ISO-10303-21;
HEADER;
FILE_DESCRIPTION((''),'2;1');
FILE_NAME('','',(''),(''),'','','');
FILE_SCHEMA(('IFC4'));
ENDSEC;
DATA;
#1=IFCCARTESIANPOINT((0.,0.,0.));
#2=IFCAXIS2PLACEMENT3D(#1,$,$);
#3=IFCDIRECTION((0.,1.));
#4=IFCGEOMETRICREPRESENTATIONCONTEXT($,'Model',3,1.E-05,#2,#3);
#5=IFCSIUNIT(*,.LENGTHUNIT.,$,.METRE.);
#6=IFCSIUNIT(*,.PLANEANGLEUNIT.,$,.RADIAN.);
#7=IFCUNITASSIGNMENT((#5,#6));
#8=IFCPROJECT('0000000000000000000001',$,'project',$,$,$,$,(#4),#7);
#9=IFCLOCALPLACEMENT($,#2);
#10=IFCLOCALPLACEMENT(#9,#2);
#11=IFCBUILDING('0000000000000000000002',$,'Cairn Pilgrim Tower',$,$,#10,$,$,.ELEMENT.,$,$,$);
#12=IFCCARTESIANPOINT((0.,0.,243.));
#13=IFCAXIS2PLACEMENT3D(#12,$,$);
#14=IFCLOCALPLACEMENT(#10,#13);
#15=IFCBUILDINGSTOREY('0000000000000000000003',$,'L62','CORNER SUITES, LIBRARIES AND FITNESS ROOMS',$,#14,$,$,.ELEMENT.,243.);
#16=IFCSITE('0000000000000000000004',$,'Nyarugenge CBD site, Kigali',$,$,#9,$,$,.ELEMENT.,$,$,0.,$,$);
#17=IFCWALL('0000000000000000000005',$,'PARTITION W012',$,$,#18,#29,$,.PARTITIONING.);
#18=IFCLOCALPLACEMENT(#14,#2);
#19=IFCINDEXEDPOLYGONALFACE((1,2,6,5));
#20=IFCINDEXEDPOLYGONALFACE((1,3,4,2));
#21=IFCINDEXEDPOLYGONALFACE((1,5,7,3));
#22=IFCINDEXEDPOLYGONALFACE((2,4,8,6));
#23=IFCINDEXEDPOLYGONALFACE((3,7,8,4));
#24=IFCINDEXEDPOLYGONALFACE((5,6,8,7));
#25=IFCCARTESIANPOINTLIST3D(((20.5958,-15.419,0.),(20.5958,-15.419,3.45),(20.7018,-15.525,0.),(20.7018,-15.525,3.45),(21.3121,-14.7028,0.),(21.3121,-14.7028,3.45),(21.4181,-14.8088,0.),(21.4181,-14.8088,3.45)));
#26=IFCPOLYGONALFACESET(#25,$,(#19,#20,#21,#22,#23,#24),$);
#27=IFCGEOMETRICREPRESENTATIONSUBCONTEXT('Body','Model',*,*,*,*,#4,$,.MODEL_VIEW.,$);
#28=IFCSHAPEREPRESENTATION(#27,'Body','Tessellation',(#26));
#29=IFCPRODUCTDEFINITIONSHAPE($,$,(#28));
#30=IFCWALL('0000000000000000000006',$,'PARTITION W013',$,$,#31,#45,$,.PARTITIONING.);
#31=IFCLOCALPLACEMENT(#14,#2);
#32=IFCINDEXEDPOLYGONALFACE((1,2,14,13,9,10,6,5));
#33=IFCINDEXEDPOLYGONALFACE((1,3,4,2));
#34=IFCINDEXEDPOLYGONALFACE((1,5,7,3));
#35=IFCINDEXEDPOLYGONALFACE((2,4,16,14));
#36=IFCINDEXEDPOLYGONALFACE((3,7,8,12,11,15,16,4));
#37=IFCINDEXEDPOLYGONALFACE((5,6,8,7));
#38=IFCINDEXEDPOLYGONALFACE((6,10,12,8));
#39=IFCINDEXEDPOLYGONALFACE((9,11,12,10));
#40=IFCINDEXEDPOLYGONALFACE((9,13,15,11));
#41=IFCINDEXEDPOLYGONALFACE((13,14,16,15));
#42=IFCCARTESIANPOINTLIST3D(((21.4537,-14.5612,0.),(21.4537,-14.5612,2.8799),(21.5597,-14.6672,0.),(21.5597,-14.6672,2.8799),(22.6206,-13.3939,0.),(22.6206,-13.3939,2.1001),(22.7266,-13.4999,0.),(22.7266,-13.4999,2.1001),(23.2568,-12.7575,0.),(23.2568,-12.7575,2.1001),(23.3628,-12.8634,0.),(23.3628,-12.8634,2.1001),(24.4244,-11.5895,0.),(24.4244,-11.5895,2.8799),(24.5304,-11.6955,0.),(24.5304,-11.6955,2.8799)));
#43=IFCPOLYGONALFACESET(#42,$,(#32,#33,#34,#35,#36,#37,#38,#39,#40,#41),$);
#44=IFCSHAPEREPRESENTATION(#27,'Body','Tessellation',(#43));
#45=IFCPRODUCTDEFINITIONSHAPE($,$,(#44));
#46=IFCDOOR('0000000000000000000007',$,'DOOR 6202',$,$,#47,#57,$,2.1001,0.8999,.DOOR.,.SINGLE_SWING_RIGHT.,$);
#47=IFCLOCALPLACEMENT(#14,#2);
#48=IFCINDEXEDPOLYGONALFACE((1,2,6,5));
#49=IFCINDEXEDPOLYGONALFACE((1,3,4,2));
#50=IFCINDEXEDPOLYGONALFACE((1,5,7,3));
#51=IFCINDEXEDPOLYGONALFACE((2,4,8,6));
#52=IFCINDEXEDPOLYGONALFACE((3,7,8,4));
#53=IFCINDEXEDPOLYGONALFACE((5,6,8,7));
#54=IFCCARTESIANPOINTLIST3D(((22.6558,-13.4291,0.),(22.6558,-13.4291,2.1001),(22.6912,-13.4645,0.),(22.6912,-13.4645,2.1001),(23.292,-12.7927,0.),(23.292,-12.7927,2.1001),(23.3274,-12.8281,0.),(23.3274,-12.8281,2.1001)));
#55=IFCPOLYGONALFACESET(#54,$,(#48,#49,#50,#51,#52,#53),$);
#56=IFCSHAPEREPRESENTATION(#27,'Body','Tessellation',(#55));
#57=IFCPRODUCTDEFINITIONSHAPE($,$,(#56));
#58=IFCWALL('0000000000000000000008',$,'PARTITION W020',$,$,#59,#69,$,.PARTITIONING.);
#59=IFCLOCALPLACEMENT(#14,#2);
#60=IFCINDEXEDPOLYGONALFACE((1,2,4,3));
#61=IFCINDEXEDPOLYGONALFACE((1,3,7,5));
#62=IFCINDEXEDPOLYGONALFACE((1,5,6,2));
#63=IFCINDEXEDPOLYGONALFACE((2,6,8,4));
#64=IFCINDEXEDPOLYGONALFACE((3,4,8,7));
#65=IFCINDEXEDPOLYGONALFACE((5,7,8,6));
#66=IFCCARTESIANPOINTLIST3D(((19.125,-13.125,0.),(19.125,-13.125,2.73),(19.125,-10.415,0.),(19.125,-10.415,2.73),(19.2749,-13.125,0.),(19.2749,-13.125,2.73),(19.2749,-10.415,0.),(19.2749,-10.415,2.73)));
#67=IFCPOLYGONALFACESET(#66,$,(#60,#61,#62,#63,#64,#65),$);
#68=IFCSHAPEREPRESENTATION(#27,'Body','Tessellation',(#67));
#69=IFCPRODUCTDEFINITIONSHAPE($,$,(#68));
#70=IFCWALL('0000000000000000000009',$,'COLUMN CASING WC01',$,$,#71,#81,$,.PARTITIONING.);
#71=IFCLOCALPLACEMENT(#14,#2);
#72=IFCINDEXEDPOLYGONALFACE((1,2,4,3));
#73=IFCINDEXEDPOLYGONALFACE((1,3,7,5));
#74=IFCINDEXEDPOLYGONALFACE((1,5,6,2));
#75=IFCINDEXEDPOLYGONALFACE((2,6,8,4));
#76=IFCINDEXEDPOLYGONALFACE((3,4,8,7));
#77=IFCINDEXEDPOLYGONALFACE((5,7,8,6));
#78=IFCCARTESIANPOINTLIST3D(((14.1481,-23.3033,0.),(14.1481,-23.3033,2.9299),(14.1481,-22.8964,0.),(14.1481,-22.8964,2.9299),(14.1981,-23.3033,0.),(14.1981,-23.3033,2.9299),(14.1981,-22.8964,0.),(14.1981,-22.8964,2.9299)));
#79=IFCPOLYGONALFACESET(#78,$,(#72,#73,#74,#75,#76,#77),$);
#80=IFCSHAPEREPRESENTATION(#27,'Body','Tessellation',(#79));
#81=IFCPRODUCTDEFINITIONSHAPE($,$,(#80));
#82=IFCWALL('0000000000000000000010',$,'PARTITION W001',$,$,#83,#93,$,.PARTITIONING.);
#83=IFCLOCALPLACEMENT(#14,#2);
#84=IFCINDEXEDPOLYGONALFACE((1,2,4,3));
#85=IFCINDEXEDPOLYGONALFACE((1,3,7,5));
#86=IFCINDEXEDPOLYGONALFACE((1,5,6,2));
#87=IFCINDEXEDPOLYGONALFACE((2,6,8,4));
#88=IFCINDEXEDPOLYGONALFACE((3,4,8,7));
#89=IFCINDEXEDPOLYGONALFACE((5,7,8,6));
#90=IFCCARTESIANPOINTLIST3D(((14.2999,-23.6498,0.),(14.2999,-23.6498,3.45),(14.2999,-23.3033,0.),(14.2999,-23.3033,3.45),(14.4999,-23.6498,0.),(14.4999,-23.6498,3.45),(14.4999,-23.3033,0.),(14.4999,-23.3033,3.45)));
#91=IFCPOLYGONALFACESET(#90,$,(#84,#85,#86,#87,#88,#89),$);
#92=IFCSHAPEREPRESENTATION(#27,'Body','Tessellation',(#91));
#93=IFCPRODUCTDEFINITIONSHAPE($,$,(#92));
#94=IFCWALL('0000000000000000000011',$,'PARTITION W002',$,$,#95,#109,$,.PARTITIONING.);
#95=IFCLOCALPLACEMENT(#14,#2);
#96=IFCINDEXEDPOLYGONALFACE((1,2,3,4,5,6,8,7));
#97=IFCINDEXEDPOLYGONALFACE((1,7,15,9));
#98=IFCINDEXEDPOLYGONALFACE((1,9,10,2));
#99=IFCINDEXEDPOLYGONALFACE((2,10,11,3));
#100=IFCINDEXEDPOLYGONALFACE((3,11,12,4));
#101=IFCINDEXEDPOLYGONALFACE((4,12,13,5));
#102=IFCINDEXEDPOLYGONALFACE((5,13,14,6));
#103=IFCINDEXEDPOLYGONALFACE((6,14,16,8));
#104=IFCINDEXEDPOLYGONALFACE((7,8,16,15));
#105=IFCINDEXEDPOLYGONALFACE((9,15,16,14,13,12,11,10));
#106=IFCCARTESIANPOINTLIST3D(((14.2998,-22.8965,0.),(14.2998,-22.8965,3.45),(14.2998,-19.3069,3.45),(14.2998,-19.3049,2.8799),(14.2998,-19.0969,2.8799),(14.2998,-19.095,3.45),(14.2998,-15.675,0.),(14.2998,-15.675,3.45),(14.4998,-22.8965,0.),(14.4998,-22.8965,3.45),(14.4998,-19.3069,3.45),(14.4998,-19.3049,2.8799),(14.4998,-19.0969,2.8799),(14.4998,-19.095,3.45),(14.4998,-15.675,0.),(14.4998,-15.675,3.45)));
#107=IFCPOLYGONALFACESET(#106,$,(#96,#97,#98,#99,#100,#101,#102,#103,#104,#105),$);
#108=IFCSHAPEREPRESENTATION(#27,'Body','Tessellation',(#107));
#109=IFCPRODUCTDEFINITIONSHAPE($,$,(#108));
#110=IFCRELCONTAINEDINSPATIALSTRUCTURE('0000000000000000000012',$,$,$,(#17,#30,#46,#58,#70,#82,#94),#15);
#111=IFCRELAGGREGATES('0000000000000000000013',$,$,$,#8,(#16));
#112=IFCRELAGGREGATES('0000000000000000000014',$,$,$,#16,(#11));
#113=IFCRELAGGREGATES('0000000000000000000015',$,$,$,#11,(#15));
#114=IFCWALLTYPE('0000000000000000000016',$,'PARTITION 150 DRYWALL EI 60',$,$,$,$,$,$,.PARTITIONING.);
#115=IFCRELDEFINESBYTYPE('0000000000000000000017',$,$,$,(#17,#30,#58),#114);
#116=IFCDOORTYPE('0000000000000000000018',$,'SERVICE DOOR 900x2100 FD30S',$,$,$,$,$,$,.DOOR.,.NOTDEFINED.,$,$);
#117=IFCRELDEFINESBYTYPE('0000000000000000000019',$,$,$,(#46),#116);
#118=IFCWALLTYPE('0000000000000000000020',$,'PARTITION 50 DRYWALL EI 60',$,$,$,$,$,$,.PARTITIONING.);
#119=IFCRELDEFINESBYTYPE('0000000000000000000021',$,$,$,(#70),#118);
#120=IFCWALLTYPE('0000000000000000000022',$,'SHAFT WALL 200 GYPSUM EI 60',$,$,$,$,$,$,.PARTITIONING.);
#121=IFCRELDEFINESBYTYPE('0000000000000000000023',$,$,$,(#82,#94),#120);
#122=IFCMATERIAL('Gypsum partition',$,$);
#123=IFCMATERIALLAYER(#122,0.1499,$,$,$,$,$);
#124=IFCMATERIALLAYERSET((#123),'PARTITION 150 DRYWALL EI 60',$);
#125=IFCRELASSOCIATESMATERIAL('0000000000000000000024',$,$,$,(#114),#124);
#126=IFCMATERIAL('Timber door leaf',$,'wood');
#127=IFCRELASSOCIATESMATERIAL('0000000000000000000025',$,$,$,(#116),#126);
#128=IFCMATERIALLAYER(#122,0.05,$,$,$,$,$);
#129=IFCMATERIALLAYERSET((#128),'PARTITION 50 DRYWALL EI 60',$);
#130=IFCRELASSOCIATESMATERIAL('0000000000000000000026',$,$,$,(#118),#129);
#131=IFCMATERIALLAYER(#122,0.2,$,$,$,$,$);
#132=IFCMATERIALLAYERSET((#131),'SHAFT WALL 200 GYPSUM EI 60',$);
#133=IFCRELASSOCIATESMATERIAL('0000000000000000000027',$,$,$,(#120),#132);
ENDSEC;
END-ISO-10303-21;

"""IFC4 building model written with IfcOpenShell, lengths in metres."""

from ifc_helpers import new_model, si_unit, direction, frame, frame_2d, origin, place, context, subcontext, project, spatial, polyline, rectangle, outline, extrude, material, layer, layer_set, type_object, element, fill, save


model = new_model("IFC4")

# Units and contexts
model_context = context("Model", 3, precision=1e-05, world=origin(), true_north=direction((0.0, 1.0)))
body_context = subcontext(model_context, "Body", "Model", "MODEL_VIEW")
ifc_project = project(units=[si_unit("LENGTHUNIT", "METRE"), si_unit("PLANEANGLEUNIT", "RADIAN")], contexts=[model_context])

# Site, building, storey
site_placement = place(None, origin())
site = spatial("IfcSite", under=ifc_project, at=site_placement, Name="Nyarugenge CBD site, Kigali", CompositionType="ELEMENT", RefElevation=0.0)
building_placement = place(site_placement, origin())
building = spatial("IfcBuilding", under=site, at=building_placement, Name="Cairn Pilgrim Tower", CompositionType="ELEMENT")
storey_placement = place(building_placement, frame((0.0, 0.0, 243.0)))
storey = spatial("IfcBuildingStorey", under=building, at=storey_placement, Name="L62", Description="CORNER SUITES, LIBRARIES AND FITNESS ROOMS", CompositionType="ELEMENT", Elevation=243.0)

# Shared definitions
ifc_material_1 = material(Name="Gypsum partition")
ifc_material_2 = material(Name="Timber door leaf", Category="wood")

# Wall
ifc_layer_1 = layer(ifc_material_1, 0.1499)
ifc_layer_set_1 = layer_set([ifc_layer_1], Name="PARTITION 150 DRYWALL EI 60")
wall_type_1 = type_object("IfcWallType", Name="PARTITION 150 DRYWALL EI 60", PredefinedType="PARTITIONING", material=ifc_layer_set_1)
wall_1_placement = place(storey_placement, frame((20.6489, -15.4719, 0.0), z_axis=(0.0, 0.0, 1.0), x_axis=(0.707107, 0.707107, 0.0)))
element("IfcWall", 1, at=wall_1_placement, inside=storey, type_object=wall_type_1, Name="PARTITION W012", PredefinedType="PARTITIONING", context=body_context, shape_type="SweptSolid", body=[
    extrude(rectangle(XDim=1.0129, YDim=0.1499, at=frame_2d((0.5063, 0.0))), origin(), (0.0, 0.0, 1.0), 3.45),
])

# Wall, opening, door
wall_2_placement = place(storey_placement, frame((21.5066, -14.6143, 0.0), z_axis=(0.0, 0.0, 1.0), x_axis=(0.706991, 0.707223, 0.0)))
wall_2 = element("IfcWall", 2, at=wall_2_placement, inside=storey, type_object=wall_type_1, Name="PARTITION W013", PredefinedType="PARTITIONING", context=body_context, shape_type="SweptSolid", body=[
    extrude(rectangle(XDim=4.2019, YDim=0.1499, at=frame_2d((2.1011, 0.0))), origin(), (0.0, 0.0, 1.0), 2.8799),
])
opening_1_placement = place(wall_2_placement, frame((1.6506, 0.0, 0.0)))
opening_1 = element("IfcOpeningElement", 3, at=opening_1_placement, cuts=wall_2, PredefinedType="OPENING", context=body_context, shape_type="SweptSolid", body=[
    extrude(rectangle(XDim=0.8999, YDim=2.1001, at=frame_2d((0.45, 1.05))), frame((0.0, 0.085, 0.0), z_axis=(0.0, -1.0, 0.0), x_axis=(1.0, 0.0, 0.0)), (0.0, 0.0, 1.0), 0.1699),
])
door_type_1 = type_object("IfcDoorType", Name="SERVICE DOOR 900x2100 FD30S", OperationType="NOTDEFINED", PredefinedType="DOOR", material=ifc_material_2)
door_1_placement = place(opening_1_placement, frame((0.8999, 0.0, 0.0), z_axis=(0.0, 0.0, 1.0), x_axis=(-1.0, 0.0, 0.0)))
door_1 = element("IfcDoor", 4, at=door_1_placement, inside=storey, type_object=door_type_1, Name="DOOR 6202", OperationType="SINGLE_SWING_RIGHT", OverallHeight=2.1001, OverallWidth=0.8999, PredefinedType="DOOR", context=body_context, shape_type="SweptSolid", body=[
    extrude(rectangle(XDim=0.8999, YDim=2.1001, at=frame_2d((0.45, 1.05))), frame((0.0, 0.0249, 0.0), z_axis=(0.0, -1.0, 0.0), x_axis=(1.0, 0.0, 0.0)), (0.0, 0.0, 1.0), 0.05),
])
fill(opening_1, door_1)

# Walls
wall_3_placement = place(storey_placement, frame((19.2, -13.125, 0.0), z_axis=(0.0, 0.0, 1.0), x_axis=(0.0, 1.0, 0.0)))
element("IfcWall", 5, at=wall_3_placement, inside=storey, type_object=wall_type_1, Name="PARTITION W020", PredefinedType="PARTITIONING", context=body_context, shape_type="SweptSolid", body=[
    extrude(rectangle(XDim=2.71, YDim=0.1499, at=frame_2d((1.355, 0.0))), origin(), (0.0, 0.0, 1.0), 2.73),
])
ifc_layer_2 = layer(ifc_material_1, 0.05)
ifc_layer_set_2 = layer_set([ifc_layer_2], Name="PARTITION 50 DRYWALL EI 60")
wall_type_2 = type_object("IfcWallType", Name="PARTITION 50 DRYWALL EI 60", PredefinedType="PARTITIONING", material=ifc_layer_set_2)
wall_4_placement = place(storey_placement, frame((14.1731, -23.3035, 0.0), z_axis=(0.0, 0.0, 1.0), x_axis=(0.0, 1.0, 0.0)))
element("IfcWall", 6, at=wall_4_placement, inside=storey, type_object=wall_type_2, Name="COLUMN CASING WC01", PredefinedType="PARTITIONING", context=body_context, shape_type="SweptSolid", body=[
    extrude(rectangle(XDim=0.407, YDim=0.05, at=frame_2d((0.2036, 0.0))), origin(), (0.0, 0.0, 1.0), 2.9299),
])
ifc_layer_3 = layer(ifc_material_1, 0.2)
ifc_layer_set_3 = layer_set([ifc_layer_3], Name="SHAFT WALL 200 GYPSUM EI 60")
wall_type_3 = type_object("IfcWallType", Name="SHAFT WALL 200 GYPSUM EI 60", PredefinedType="PARTITIONING", material=ifc_layer_set_3)
wall_5_placement = place(storey_placement, frame((14.3999, -23.6499, 0.0), z_axis=(0.0, 0.0, 1.0), x_axis=(0.0, 1.0, 0.0)))
element("IfcWall", 7, at=wall_5_placement, inside=storey, type_object=wall_type_3, Name="PARTITION W001", PredefinedType="PARTITIONING", context=body_context, shape_type="SweptSolid", body=[
    extrude(rectangle(XDim=0.3464, YDim=0.2, at=frame_2d((0.1733, 0.0))), origin(), (0.0, 0.0, 1.0), 3.45),
])
wall_6_placement = place(storey_placement, frame((14.3999, -22.8965, 0.0), z_axis=(0.0, 0.0, 1.0), x_axis=(0.0, 1.0, 0.0)))
element("IfcWall", 8, at=wall_6_placement, inside=storey, type_object=wall_type_3, Name="PARTITION W002", PredefinedType="PARTITIONING", context=body_context, shape_type="SweptSolid", body=[
    extrude(outline(polyline([(0.0, 0.0), (7.2214, 0.0), (7.2214, 3.45), (3.8015, 3.45), (3.7996, 2.8799), (3.5916, 2.8799), (3.5896, 3.45), (0.0, 3.45), (0.0, 0.0)])), frame((0.0, 0.1001, 0.0), z_axis=(0.0, -1.0, 0.0), x_axis=(1.0, 0.0, 0.0)), (0.0, 0.0, 1.0), 0.2),
])

save(model, "model.ifc")
